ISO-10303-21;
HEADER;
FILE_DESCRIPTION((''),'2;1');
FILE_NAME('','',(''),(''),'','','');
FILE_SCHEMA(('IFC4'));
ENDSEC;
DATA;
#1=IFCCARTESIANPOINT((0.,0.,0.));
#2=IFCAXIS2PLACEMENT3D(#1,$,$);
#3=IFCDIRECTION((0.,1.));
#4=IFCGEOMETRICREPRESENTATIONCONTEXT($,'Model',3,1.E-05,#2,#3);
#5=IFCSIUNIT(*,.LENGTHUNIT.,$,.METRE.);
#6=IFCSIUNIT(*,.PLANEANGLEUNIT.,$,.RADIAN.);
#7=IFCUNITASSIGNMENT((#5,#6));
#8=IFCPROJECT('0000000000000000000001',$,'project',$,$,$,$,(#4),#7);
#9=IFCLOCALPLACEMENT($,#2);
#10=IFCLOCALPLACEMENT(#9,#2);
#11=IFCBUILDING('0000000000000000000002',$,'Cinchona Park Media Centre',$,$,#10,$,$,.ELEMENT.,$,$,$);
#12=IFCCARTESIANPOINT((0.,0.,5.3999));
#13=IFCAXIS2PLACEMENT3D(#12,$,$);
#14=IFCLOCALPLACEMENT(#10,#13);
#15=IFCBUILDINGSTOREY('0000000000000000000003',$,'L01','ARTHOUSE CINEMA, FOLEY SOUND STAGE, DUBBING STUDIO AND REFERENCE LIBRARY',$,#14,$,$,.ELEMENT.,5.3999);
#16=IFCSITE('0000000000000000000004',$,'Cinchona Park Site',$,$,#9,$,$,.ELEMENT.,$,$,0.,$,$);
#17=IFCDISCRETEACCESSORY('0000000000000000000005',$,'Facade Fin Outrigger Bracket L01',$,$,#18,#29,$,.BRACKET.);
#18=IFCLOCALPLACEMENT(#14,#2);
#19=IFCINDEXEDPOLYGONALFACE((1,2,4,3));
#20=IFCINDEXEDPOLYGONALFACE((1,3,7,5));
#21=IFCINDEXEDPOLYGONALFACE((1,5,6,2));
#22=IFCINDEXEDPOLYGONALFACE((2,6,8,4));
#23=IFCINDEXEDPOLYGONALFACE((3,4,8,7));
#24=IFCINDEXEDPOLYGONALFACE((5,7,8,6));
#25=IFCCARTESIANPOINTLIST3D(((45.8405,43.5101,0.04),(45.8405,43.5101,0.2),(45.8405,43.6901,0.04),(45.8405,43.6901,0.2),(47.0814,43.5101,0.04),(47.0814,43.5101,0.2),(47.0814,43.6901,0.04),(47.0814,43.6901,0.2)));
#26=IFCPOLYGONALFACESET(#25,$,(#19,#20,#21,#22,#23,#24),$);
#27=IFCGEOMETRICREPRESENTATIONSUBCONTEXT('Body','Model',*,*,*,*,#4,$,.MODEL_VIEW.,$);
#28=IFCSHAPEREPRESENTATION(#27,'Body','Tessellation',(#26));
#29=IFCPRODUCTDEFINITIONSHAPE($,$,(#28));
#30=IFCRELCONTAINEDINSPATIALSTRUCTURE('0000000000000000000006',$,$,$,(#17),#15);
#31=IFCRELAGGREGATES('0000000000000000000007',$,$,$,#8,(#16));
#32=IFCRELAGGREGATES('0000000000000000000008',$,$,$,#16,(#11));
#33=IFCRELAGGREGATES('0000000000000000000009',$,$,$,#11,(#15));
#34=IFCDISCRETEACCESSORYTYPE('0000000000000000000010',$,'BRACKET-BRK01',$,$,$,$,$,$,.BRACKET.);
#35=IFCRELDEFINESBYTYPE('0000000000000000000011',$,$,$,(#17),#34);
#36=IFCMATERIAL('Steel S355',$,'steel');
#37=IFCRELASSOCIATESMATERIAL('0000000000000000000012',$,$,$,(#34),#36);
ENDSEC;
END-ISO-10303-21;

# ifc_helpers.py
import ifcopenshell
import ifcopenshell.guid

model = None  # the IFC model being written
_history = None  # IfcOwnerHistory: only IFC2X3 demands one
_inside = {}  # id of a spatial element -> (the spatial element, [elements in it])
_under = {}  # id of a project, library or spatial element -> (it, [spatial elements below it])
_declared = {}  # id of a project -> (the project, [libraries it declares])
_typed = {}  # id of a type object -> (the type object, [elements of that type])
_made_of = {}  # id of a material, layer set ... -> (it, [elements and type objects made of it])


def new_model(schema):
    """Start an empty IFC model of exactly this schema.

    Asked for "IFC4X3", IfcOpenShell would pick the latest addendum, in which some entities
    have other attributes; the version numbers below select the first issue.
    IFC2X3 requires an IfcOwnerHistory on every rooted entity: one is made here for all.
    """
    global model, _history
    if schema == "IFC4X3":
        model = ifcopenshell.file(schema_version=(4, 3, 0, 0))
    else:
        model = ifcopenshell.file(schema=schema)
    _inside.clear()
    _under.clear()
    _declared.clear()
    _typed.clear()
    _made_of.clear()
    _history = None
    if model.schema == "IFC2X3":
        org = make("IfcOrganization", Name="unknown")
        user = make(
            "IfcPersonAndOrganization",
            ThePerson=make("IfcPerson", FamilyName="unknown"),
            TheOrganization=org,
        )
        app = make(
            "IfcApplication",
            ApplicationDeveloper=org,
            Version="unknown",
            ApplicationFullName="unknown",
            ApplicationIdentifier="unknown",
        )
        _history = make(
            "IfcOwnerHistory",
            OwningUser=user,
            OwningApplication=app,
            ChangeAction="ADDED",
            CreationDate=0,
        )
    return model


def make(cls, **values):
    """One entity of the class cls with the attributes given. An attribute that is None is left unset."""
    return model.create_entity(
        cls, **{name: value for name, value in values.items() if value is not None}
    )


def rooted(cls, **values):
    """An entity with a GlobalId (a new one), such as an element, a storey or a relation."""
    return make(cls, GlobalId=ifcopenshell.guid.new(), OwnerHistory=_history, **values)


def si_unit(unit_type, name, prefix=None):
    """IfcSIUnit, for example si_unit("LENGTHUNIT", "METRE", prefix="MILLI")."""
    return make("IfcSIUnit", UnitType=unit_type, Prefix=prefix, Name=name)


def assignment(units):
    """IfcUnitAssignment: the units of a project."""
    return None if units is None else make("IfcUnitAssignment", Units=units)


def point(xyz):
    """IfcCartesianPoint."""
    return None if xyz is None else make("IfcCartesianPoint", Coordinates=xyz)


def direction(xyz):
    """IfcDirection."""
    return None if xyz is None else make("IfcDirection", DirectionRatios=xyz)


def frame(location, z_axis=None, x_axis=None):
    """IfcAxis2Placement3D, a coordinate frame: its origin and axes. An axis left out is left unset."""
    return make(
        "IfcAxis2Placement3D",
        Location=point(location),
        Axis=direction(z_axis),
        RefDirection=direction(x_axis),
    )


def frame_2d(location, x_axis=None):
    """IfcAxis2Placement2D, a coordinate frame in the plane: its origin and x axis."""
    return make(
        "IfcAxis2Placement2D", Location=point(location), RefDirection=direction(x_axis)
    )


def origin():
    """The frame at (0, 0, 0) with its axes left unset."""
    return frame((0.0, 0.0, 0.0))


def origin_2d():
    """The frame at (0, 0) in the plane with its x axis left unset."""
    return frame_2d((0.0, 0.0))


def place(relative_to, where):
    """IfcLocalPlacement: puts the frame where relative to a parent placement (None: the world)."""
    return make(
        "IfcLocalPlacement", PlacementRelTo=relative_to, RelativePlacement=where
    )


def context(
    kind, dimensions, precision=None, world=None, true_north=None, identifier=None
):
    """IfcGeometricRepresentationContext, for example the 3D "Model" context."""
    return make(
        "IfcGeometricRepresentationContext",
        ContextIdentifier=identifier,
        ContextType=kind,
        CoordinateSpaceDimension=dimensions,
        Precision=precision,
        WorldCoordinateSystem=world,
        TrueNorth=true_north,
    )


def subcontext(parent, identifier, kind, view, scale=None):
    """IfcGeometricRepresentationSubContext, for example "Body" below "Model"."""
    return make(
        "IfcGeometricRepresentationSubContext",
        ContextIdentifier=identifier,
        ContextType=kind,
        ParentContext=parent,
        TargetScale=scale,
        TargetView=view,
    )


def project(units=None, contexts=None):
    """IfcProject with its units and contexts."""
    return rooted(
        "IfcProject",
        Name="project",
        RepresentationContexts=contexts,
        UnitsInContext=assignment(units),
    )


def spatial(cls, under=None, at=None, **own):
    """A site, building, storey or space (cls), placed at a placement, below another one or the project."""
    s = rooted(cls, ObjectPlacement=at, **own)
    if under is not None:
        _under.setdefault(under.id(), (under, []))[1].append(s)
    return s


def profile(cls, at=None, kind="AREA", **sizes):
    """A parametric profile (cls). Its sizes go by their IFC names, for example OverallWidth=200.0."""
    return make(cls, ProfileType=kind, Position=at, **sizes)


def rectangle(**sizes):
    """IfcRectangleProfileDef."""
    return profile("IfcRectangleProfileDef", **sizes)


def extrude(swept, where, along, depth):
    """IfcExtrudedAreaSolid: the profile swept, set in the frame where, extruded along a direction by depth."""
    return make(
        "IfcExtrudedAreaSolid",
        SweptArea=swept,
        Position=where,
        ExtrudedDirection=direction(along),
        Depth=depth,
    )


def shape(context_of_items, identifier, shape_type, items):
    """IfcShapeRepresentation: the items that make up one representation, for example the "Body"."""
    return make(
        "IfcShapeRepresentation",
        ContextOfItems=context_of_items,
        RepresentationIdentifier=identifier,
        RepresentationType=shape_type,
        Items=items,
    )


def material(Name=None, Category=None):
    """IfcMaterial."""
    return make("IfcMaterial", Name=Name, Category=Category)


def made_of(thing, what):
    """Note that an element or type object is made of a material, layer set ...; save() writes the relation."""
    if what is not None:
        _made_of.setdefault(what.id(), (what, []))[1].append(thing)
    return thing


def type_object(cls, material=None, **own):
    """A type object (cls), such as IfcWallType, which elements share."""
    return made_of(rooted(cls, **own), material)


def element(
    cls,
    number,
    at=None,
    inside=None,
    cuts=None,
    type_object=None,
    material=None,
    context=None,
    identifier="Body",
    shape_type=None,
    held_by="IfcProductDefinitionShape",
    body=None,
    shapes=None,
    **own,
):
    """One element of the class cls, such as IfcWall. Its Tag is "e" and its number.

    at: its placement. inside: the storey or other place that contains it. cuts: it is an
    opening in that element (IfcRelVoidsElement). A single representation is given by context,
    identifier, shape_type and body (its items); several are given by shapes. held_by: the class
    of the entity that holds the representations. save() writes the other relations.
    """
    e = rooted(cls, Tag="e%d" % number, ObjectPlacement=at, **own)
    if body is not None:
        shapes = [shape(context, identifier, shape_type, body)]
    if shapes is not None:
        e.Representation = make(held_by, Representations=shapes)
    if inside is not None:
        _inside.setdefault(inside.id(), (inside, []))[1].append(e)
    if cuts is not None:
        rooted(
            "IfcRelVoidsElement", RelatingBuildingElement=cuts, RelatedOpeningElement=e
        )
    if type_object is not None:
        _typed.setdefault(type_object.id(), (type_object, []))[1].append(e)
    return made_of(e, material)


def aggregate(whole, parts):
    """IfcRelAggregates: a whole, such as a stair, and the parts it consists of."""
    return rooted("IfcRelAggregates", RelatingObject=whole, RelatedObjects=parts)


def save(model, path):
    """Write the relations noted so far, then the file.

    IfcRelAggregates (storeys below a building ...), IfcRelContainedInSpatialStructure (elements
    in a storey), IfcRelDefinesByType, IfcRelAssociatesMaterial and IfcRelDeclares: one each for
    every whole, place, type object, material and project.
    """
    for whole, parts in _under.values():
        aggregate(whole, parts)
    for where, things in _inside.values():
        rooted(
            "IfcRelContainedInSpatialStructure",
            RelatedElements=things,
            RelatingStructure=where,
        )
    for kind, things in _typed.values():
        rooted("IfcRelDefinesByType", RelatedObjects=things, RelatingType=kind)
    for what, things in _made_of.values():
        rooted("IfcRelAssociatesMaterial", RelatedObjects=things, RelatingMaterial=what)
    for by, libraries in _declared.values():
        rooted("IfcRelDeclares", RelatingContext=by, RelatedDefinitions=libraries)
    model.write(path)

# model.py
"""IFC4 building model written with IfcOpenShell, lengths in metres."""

from ifc_helpers import new_model, si_unit, direction, frame, origin, origin_2d, place, context, subcontext, project, spatial, rectangle, extrude, material, type_object, element, save


model = new_model("IFC4")

# Units and contexts
model_context = context("Model", 3, precision=1e-05, world=origin(), true_north=direction((0.0, 1.0)))
body_context = subcontext(model_context, "Body", "Model", "MODEL_VIEW")
ifc_project = project(units=[si_unit("LENGTHUNIT", "METRE"), si_unit("PLANEANGLEUNIT", "RADIAN")], contexts=[model_context])

# Site, building, storey
site_placement = place(None, origin())
site = spatial("IfcSite", under=ifc_project, at=site_placement, Name="Cinchona Park Site", CompositionType="ELEMENT", RefElevation=0.0)
building_placement = place(site_placement, origin())
building = spatial("IfcBuilding", under=site, at=building_placement, Name="Cinchona Park Media Centre", CompositionType="ELEMENT")
storey_placement = place(building_placement, frame((0.0, 0.0, 5.3999)))
storey = spatial("IfcBuildingStorey", under=building, at=storey_placement, Name="L01", Description="ARTHOUSE CINEMA, FOLEY SOUND STAGE, DUBBING STUDIO AND REFERENCE LIBRARY", CompositionType="ELEMENT", Elevation=5.3999)

# Discrete accessory
ifc_material_1 = material(Name="Steel S355", Category="steel")
discrete_accessory_type = type_object("IfcDiscreteAccessoryType", Name="BRACKET-BRK01", PredefinedType="BRACKET", material=ifc_material_1)
discrete_accessory_1_placement = place(storey_placement, frame((46.4609, 43.6001, 0.04), z_axis=(0.0, 0.0, 1.0), x_axis=(0.0, 1.0, 0.0)))
element("IfcDiscreteAccessory", 1, at=discrete_accessory_1_placement, inside=storey, type_object=discrete_accessory_type, Name="Facade Fin Outrigger Bracket L01", PredefinedType="BRACKET", context=body_context, shape_type="SweptSolid", body=[
    extrude(rectangle(XDim=0.1799, YDim=1.241, at=origin_2d()), origin(), (0.0, 0.0, 1.0), 0.1599),
])

save(model, "model.ifc")
